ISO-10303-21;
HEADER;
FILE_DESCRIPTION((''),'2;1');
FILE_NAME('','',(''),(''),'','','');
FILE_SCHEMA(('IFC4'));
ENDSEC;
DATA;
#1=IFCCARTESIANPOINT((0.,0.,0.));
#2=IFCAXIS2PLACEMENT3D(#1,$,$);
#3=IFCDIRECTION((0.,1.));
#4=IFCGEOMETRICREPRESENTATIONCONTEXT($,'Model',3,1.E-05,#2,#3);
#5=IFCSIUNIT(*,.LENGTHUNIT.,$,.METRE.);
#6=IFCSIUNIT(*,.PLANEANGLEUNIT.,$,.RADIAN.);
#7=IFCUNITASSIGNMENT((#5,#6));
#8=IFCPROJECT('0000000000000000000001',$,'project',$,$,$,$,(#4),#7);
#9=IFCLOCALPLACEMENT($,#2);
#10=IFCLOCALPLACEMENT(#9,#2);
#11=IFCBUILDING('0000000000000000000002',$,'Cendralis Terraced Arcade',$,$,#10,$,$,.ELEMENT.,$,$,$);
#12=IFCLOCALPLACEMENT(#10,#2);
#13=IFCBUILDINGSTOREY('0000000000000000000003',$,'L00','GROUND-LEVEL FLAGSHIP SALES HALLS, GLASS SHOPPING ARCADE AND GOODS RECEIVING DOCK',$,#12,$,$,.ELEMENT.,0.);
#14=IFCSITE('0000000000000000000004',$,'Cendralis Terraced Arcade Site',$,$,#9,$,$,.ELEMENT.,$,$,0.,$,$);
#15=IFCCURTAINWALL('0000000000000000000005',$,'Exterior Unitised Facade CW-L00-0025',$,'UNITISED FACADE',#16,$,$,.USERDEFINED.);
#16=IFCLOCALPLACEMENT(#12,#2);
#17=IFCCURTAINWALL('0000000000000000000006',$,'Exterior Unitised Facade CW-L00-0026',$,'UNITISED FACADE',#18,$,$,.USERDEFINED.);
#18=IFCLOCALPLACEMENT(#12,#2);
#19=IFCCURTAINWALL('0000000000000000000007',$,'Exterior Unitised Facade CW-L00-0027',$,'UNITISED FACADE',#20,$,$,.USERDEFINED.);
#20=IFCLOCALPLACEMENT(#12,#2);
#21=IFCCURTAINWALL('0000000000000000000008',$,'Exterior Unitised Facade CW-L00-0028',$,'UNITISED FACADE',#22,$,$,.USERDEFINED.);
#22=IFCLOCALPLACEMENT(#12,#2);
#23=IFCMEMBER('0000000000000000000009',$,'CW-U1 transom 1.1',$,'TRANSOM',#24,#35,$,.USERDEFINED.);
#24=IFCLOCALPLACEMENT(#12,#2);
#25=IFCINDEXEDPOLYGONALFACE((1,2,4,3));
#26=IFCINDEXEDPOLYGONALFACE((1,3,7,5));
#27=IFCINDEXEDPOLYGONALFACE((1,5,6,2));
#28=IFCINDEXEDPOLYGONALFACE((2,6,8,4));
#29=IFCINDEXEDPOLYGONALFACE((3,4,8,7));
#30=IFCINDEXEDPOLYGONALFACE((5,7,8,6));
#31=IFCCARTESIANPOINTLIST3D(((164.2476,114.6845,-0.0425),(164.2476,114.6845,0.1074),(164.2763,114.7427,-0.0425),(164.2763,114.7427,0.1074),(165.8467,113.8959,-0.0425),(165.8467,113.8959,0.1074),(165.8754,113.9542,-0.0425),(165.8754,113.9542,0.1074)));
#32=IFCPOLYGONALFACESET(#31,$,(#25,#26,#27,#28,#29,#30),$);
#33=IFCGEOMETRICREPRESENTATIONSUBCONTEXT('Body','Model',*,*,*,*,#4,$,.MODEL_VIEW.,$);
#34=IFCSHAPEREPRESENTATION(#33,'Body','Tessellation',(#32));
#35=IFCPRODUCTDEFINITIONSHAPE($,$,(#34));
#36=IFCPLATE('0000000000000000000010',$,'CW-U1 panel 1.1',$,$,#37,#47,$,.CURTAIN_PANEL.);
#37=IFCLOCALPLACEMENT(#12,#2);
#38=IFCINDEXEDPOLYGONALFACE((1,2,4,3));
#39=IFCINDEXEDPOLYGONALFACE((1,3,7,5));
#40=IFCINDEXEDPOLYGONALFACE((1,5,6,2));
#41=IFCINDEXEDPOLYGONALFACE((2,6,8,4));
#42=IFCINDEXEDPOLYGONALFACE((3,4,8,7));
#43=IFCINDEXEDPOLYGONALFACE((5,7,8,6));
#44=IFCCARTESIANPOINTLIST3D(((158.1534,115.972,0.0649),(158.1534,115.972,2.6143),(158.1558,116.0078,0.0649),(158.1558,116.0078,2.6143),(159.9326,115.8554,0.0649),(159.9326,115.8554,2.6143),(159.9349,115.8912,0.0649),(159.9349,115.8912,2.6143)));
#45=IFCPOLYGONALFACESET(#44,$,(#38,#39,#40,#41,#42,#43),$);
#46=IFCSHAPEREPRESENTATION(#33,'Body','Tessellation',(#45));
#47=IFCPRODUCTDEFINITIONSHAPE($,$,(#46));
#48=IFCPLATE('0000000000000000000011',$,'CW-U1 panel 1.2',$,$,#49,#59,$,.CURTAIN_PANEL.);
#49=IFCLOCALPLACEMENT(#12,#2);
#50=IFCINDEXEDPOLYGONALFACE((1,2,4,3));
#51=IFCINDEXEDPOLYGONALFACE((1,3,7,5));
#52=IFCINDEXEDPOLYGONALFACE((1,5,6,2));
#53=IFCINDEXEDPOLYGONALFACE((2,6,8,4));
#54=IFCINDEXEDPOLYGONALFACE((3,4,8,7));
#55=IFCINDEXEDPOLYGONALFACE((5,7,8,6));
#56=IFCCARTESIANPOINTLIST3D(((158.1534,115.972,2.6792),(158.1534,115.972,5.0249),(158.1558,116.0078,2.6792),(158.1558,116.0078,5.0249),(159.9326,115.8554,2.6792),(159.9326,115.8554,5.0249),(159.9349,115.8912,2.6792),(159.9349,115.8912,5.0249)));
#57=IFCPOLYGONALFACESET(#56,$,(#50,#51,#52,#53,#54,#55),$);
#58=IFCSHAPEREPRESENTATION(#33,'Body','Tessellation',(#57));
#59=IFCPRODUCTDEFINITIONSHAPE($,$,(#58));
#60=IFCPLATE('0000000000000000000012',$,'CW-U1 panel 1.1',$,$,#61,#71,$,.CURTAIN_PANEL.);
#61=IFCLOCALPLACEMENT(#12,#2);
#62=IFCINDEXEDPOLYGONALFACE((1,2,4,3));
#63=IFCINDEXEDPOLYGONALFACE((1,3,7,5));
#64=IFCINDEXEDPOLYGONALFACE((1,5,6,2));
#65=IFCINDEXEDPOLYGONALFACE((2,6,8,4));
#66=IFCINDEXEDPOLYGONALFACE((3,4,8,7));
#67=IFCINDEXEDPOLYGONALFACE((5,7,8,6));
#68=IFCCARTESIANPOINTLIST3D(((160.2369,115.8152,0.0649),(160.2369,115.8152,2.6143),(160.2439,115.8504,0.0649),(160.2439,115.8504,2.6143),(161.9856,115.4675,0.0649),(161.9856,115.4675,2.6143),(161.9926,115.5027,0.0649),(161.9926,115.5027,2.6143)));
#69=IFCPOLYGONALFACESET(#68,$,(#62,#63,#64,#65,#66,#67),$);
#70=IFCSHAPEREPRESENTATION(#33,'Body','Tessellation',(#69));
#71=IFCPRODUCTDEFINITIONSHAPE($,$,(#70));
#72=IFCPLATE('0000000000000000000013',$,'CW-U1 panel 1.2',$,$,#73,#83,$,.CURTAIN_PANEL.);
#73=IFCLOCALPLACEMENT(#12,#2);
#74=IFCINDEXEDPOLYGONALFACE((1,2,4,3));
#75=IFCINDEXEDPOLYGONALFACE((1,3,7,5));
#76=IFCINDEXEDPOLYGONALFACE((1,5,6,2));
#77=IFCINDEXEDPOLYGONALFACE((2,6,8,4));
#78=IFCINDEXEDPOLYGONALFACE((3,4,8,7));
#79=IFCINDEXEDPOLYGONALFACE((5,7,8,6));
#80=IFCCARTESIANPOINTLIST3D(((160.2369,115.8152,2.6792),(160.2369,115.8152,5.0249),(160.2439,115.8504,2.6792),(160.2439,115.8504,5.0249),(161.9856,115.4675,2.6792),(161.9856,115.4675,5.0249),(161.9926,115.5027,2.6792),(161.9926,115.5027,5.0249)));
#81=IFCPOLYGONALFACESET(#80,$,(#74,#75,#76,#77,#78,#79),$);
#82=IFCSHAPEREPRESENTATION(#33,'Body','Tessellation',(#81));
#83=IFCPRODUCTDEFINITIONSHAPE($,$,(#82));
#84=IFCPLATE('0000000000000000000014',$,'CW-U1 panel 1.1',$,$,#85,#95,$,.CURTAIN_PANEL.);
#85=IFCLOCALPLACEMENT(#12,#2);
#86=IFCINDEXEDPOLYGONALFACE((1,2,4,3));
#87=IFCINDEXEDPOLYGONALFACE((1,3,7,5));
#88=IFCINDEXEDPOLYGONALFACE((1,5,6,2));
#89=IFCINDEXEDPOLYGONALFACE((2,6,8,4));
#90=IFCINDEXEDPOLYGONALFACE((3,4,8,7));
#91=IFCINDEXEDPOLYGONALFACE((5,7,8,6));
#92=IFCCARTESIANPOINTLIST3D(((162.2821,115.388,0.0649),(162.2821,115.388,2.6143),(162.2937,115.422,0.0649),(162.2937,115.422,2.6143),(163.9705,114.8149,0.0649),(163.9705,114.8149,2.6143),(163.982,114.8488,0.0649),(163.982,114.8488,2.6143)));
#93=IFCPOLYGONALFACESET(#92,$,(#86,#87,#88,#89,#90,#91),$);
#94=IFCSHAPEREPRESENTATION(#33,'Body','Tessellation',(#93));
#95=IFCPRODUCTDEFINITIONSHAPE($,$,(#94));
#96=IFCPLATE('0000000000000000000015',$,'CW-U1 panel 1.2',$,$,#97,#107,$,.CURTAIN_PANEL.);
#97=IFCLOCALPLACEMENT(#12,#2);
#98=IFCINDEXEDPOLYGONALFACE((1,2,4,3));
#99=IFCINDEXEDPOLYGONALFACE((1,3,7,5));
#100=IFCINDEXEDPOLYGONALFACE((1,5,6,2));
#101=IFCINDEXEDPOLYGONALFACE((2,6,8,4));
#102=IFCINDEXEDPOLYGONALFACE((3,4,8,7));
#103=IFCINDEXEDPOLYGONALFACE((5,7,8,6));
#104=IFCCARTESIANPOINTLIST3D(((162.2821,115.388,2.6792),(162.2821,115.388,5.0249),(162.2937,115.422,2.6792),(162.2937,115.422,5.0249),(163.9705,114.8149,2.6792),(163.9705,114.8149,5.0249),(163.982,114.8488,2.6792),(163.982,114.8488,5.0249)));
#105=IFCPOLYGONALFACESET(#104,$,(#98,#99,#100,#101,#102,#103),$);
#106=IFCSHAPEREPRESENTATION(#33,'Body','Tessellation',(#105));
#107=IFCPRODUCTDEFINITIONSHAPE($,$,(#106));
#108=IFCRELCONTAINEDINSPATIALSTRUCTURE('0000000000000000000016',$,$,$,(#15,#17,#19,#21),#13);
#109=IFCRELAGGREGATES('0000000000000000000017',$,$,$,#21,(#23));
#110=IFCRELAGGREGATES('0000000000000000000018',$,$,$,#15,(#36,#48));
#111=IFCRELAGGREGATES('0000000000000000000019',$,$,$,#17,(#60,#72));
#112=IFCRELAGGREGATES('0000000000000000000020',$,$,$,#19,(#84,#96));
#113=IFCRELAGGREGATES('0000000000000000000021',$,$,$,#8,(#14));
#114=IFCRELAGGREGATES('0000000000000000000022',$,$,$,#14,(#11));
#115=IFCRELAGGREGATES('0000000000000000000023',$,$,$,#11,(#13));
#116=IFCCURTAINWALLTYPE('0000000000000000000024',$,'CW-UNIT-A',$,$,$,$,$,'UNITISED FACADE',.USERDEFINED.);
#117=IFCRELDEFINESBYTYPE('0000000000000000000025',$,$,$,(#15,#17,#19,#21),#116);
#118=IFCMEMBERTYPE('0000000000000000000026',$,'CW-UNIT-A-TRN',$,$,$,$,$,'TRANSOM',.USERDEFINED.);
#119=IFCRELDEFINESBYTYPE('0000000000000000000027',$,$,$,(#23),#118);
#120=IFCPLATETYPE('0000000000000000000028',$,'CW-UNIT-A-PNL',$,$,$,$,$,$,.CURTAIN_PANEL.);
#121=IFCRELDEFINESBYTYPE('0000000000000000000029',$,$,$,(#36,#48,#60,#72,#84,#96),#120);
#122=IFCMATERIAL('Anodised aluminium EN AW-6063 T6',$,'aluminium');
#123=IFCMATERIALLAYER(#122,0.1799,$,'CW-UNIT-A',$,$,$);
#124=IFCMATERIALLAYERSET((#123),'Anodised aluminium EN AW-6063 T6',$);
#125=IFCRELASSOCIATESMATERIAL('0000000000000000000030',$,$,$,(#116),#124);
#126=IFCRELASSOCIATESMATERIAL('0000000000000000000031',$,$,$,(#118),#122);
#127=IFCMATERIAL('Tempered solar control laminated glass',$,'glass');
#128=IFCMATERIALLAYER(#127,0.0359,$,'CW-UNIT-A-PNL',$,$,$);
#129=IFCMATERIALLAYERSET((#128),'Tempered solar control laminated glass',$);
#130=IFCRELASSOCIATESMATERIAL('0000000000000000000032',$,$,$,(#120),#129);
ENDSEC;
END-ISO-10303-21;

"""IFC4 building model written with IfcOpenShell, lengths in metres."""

from ifc_helpers import new_model, si_unit, direction, frame, origin, origin_2d, place, context, subcontext, project, spatial, rectangle, extrude, material, layer, layer_set, material_profile, profile_set, type_object, element, aggregate, save


model = new_model("IFC4")

# Units and contexts
model_context = context("Model", 3, precision=1e-05, world=origin(), true_north=direction((0.0, 1.0)))
body_context = subcontext(model_context, "Body", "Model", "MODEL_VIEW")
ifc_project = project(units=[si_unit("LENGTHUNIT", "METRE"), si_unit("PLANEANGLEUNIT", "RADIAN")], contexts=[model_context])

# Site, building, storey
site_placement = place(None, origin())
site = spatial("IfcSite", under=ifc_project, at=site_placement, Name="Cendralis Terraced Arcade Site", CompositionType="ELEMENT", RefElevation=0.0)
building_placement = place(site_placement, origin())
building = spatial("IfcBuilding", under=site, at=building_placement, Name="Cendralis Terraced Arcade", CompositionType="ELEMENT")
storey_placement = place(building_placement, origin())
storey = spatial("IfcBuildingStorey", under=building, at=storey_placement, Name="L00", Description="GROUND-LEVEL FLAGSHIP SALES HALLS, GLASS SHOPPING ARCADE AND GOODS RECEIVING DOCK", CompositionType="ELEMENT", Elevation=0.0)

# Curtain walls
ifc_material_1 = material(Name="Anodised aluminium EN AW-6063 T6", Category="aluminium")
ifc_layer_1 = layer(ifc_material_1, 0.1799, Name="CW-UNIT-A")
ifc_layer_set_1 = layer_set([ifc_layer_1], Name="Anodised aluminium EN AW-6063 T6")
curtain_wall_type = type_object("IfcCurtainWallType", Name="CW-UNIT-A", ElementType="UNITISED FACADE", PredefinedType="USERDEFINED", material=ifc_layer_set_1)
curtain_wall_1_placement = place(storey_placement, origin())
curtain_wall_1 = element("IfcCurtainWall", 1, at=curtain_wall_1_placement, inside=storey, type_object=curtain_wall_type, Name="Exterior Unitised Facade CW-L00-0025", ObjectType="UNITISED FACADE", PredefinedType="USERDEFINED")
curtain_wall_2_placement = place(storey_placement, origin())
curtain_wall_2 = element("IfcCurtainWall", 2, at=curtain_wall_2_placement, inside=storey, type_object=curtain_wall_type, Name="Exterior Unitised Facade CW-L00-0026", ObjectType="UNITISED FACADE", PredefinedType="USERDEFINED")
curtain_wall_3_placement = place(storey_placement, origin())
curtain_wall_3 = element("IfcCurtainWall", 3, at=curtain_wall_3_placement, inside=storey, type_object=curtain_wall_type, Name="Exterior Unitised Facade CW-L00-0027", ObjectType="UNITISED FACADE", PredefinedType="USERDEFINED")

# Curtain wall
curtain_wall_4_placement = place(storey_placement, origin())
curtain_wall_4 = element("IfcCurtainWall", 4, at=curtain_wall_4_placement, inside=storey, type_object=curtain_wall_type, Name="Exterior Unitised Facade CW-L00-0028", ObjectType="UNITISED FACADE", PredefinedType="USERDEFINED")

# Member
ifc_material_profile_1 = material_profile(ifc_material_1, rectangle(XDim=0.0649, YDim=0.1499, at=origin_2d()), Name="ALU-TRN-65x150")
ifc_profile_set_1 = profile_set([ifc_material_profile_1], Name="Anodised aluminium EN AW-6063 T6")
member_type_1 = type_object("IfcMemberType", Name="CW-UNIT-A-TRN", ElementType="TRANSOM", PredefinedType="USERDEFINED", material=ifc_profile_set_1)
member_1_placement = place(storey_placement, frame((164.262, 114.7136, 0.0325), z_axis=(0.896878, -0.442277, 0.0), x_axis=(0.442277, 0.896878, 0.0)))
member_1 = element("IfcMember", 5, at=member_1_placement, type_object=member_type_1, Name="CW-U1 transom 1.1", ObjectType="TRANSOM", PredefinedType="USERDEFINED", context=body_context, shape_type="SweptSolid", body=[
    extrude(rectangle(XDim=0.0649, YDim=0.1499, at=origin_2d()), origin(), (0.0, 0.0, 1.0), 1.783),
])
aggregate(curtain_wall_4, [member_1])

# Plates
ifc_material_2 = material(Name="Tempered solar control laminated glass", Category="glass")
ifc_layer_2 = layer(ifc_material_2, 0.0359, Name="CW-UNIT-A-PNL")
ifc_layer_set_2 = layer_set([ifc_layer_2], Name="Tempered solar control laminated glass")
plate_type = type_object("IfcPlateType", Name="CW-UNIT-A-PNL", PredefinedType="CURTAIN_PANEL", material=ifc_layer_set_2)
plate_1_placement = place(storey_placement, frame((159.0442, 115.9316, 0.0649), z_axis=(0.0, 0.0, 1.0), x_axis=(0.997859, -0.065398, 0.0)))
plate_1 = element("IfcPlate", 6, at=plate_1_placement, type_object=plate_type, Name="CW-U1 panel 1.1", PredefinedType="CURTAIN_PANEL", context=body_context, shape_type="SweptSolid", body=[
    extrude(rectangle(XDim=1.783, YDim=0.0359, at=origin_2d()), origin(), (0.0, 0.0, 1.0), 2.5493),
])
plate_2_placement = place(storey_placement, frame((159.0442, 115.9316, 2.6792), z_axis=(0.0, 0.0, 1.0), x_axis=(0.997859, -0.065398, 0.0)))
plate_2 = element("IfcPlate", 7, at=plate_2_placement, type_object=plate_type, Name="CW-U1 panel 1.2", PredefinedType="CURTAIN_PANEL", context=body_context, shape_type="SweptSolid", body=[
    extrude(rectangle(XDim=1.783, YDim=0.0359, at=origin_2d()), origin(), (0.0, 0.0, 1.0), 2.3457),
])
aggregate(curtain_wall_1, [plate_1, plate_2])
plate_3_placement = place(storey_placement, frame((161.1147, 115.6589, 0.0649), z_axis=(0.0, 0.0, 1.0), x_axis=(0.980793, -0.19505, 0.0)))
plate_3 = element("IfcPlate", 8, at=plate_3_placement, type_object=plate_type, Name="CW-U1 panel 1.1", PredefinedType="CURTAIN_PANEL", context=body_context, shape_type="SweptSolid", body=[
    extrude(rectangle(XDim=1.783, YDim=0.0359, at=origin_2d()), origin(), (0.0, 0.0, 1.0), 2.5493),
])
plate_4_placement = place(storey_placement, frame((161.1147, 115.6589, 2.6792), z_axis=(0.0, 0.0, 1.0), x_axis=(0.980793, -0.19505, 0.0)))
plate_4 = element("IfcPlate", 9, at=plate_4_placement, type_object=plate_type, Name="CW-U1 panel 1.2", PredefinedType="CURTAIN_PANEL", context=body_context, shape_type="SweptSolid", body=[
    extrude(rectangle(XDim=1.783, YDim=0.0359, at=origin_2d()), origin(), (0.0, 0.0, 1.0), 2.3457),
])
aggregate(curtain_wall_2, [plate_3, plate_4])
plate_5_placement = place(storey_placement, frame((163.1321, 115.1184, 0.0649), z_axis=(0.0, 0.0, 1.0), x_axis=(0.946928, -0.321445, 0.0)))
plate_5 = element("IfcPlate", 10, at=plate_5_placement, type_object=plate_type, Name="CW-U1 panel 1.1", PredefinedType="CURTAIN_PANEL", context=body_context, shape_type="SweptSolid", body=[
    extrude(rectangle(XDim=1.783, YDim=0.0359, at=origin_2d()), origin(), (0.0, 0.0, 1.0), 2.5493),
])
plate_6_placement = place(storey_placement, frame((163.1321, 115.1184, 2.6792), z_axis=(0.0, 0.0, 1.0), x_axis=(0.946928, -0.321445, 0.0)))
plate_6 = element("IfcPlate", 11, at=plate_6_placement, type_object=plate_type, Name="CW-U1 panel 1.2", PredefinedType="CURTAIN_PANEL", context=body_context, shape_type="SweptSolid", body=[
    extrude(rectangle(XDim=1.783, YDim=0.0359, at=origin_2d()), origin(), (0.0, 0.0, 1.0), 2.3457),
])
aggregate(curtain_wall_3, [plate_5, plate_6])

save(model, "model.ifc")
